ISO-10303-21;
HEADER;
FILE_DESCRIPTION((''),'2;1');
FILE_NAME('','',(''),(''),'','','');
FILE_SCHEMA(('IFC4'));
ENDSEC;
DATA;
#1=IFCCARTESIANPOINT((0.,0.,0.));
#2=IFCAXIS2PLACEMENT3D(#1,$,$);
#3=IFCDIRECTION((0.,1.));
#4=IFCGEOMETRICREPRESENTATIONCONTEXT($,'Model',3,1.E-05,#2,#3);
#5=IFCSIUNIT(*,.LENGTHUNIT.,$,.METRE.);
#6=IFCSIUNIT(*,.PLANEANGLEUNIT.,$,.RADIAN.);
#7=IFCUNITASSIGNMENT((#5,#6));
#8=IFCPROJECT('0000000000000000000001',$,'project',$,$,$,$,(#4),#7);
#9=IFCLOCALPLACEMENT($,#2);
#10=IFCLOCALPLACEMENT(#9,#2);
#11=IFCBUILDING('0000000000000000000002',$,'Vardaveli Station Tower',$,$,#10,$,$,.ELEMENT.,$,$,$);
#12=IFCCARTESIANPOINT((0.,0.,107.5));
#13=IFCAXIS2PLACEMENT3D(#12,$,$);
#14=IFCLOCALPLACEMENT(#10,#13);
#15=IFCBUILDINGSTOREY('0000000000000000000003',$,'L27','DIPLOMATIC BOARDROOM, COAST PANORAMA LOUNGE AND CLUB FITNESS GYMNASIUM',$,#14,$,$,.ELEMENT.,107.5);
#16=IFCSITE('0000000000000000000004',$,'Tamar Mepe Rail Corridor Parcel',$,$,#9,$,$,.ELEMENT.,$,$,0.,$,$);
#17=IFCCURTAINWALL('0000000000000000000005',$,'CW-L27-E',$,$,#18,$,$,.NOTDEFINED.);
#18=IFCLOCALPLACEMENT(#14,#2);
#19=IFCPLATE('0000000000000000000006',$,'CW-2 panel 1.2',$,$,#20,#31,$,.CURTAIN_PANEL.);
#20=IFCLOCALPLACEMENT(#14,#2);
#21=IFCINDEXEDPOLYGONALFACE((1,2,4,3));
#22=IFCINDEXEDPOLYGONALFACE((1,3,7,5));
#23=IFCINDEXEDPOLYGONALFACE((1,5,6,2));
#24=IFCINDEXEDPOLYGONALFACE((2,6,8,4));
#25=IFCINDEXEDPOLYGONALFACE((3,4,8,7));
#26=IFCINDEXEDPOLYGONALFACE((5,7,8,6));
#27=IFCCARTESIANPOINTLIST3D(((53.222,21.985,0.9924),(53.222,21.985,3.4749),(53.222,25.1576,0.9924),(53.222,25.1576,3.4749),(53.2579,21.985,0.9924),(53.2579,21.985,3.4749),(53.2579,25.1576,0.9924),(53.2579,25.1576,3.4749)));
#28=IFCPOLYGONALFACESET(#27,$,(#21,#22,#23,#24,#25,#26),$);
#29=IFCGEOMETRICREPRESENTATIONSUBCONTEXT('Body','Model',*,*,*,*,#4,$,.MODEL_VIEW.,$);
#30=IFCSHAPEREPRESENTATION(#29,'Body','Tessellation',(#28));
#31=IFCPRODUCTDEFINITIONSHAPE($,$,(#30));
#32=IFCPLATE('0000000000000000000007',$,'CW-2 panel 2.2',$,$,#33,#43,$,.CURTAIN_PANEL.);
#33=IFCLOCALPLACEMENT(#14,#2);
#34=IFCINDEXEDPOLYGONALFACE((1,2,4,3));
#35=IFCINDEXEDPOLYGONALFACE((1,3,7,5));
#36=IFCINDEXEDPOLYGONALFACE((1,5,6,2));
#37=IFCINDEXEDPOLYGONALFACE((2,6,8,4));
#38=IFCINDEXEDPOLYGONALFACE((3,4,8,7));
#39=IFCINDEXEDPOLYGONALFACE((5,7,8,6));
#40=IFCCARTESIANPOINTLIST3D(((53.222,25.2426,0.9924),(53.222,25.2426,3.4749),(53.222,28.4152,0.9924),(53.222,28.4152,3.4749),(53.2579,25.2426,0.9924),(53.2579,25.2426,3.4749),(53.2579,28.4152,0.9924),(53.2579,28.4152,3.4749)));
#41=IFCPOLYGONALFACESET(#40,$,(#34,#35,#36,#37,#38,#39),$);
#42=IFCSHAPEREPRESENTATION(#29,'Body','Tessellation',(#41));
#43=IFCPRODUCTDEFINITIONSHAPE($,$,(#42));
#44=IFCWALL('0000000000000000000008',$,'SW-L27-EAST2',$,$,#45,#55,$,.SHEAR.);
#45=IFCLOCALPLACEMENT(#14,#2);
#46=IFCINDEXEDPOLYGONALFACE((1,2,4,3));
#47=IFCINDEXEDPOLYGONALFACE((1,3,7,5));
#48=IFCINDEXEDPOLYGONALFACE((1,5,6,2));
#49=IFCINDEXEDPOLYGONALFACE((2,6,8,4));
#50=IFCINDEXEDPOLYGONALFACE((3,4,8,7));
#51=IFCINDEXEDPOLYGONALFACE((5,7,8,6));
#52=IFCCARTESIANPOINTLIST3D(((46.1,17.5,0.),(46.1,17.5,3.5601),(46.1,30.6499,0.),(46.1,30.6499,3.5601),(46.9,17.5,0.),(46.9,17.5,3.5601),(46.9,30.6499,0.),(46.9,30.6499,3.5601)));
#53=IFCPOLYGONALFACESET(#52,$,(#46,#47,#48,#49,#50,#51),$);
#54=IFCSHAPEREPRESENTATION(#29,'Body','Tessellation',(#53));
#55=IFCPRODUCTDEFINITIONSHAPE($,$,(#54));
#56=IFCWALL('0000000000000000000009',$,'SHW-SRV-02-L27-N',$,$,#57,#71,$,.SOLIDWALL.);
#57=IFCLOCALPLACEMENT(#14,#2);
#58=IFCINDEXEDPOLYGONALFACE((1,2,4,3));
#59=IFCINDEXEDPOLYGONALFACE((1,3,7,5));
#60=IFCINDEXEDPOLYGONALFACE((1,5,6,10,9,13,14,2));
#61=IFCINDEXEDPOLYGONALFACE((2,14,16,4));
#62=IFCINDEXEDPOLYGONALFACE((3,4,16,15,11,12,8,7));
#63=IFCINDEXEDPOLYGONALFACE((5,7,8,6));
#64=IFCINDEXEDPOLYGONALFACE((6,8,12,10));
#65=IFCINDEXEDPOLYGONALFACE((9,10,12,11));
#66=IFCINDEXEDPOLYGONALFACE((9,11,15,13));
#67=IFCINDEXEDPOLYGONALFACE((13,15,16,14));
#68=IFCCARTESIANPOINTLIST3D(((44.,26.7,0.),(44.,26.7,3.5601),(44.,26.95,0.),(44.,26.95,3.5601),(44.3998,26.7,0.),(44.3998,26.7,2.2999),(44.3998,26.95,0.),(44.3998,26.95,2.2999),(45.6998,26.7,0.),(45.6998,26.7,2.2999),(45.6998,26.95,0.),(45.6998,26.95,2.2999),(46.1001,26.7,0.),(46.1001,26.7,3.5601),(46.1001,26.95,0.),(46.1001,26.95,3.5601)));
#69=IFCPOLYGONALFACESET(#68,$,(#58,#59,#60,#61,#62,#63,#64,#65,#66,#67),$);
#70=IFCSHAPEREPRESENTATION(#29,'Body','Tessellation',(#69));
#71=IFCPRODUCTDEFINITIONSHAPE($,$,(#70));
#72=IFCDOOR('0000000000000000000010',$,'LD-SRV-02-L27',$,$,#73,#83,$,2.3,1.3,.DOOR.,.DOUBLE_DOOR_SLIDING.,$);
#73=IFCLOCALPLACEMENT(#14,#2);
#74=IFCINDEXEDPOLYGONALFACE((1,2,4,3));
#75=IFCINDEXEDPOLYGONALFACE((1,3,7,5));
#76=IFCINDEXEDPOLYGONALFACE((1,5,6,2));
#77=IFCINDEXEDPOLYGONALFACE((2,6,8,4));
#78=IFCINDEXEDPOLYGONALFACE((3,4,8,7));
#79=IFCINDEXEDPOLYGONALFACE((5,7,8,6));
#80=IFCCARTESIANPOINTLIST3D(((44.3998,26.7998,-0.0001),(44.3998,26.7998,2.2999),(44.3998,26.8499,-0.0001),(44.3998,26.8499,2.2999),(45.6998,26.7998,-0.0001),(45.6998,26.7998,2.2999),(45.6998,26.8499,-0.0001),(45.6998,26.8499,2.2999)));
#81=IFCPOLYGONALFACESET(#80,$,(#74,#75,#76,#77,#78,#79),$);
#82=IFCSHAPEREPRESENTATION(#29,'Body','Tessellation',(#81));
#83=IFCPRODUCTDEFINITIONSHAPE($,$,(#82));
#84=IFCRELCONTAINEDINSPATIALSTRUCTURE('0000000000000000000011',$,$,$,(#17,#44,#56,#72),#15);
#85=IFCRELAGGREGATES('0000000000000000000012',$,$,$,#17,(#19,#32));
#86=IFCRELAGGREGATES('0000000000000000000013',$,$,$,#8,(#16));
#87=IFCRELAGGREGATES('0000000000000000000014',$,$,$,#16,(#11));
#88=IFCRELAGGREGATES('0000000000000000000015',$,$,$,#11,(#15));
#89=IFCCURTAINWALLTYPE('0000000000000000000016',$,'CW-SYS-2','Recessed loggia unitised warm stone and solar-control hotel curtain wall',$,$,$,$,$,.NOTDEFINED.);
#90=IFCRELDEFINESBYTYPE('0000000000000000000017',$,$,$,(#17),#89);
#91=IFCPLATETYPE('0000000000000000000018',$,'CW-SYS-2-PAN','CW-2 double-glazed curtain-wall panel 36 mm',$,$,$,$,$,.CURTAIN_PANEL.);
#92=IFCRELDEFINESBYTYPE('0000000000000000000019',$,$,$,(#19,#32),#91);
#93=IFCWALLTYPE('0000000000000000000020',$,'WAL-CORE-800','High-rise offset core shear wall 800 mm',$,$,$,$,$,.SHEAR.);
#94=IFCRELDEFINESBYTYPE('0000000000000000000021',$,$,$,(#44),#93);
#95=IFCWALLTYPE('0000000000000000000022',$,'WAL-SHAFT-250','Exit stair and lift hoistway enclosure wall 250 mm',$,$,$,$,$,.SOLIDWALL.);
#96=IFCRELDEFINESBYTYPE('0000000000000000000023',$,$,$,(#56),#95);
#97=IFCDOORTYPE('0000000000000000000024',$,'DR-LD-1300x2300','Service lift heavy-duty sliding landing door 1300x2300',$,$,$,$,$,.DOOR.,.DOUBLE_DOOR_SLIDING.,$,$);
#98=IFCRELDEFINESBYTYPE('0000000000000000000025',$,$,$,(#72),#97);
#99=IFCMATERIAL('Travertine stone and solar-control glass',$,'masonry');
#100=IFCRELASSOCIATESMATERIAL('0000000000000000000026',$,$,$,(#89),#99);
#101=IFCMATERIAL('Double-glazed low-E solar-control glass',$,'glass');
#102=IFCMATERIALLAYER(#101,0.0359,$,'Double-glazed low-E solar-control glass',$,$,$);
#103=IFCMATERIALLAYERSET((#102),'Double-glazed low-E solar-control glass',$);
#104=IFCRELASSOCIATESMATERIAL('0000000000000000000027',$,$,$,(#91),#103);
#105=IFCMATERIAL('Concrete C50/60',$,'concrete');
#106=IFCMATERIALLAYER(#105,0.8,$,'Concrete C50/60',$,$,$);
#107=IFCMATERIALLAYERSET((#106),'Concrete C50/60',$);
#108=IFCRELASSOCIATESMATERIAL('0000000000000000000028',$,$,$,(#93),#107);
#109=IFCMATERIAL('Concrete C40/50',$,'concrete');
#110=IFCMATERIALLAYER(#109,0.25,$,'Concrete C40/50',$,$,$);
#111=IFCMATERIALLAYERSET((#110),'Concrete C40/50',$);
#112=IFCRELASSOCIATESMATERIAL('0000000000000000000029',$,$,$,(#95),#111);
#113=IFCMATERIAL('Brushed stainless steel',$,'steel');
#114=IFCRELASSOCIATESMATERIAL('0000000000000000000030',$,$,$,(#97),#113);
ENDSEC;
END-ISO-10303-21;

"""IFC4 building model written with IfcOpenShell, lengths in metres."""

from ifc_helpers import new_model, si_unit, direction, frame, frame_2d, origin, origin_2d, place, context, subcontext, project, spatial, rectangle, extrude, source, transform, mapped, material, layer, layer_set, type_object, element, fill, aggregate, save


model = new_model("IFC4")

# Units and contexts
model_context = context("Model", 3, precision=1e-05, world=origin(), true_north=direction((0.0, 1.0)))
body_context = subcontext(model_context, "Body", "Model", "MODEL_VIEW")
ifc_project = project(units=[si_unit("LENGTHUNIT", "METRE"), si_unit("PLANEANGLEUNIT", "RADIAN")], contexts=[model_context])

# Site, building, storey
site_placement = place(None, origin())
site = spatial("IfcSite", under=ifc_project, at=site_placement, Name="Tamar Mepe Rail Corridor Parcel", CompositionType="ELEMENT", RefElevation=0.0)
building_placement = place(site_placement, origin())
building = spatial("IfcBuilding", under=site, at=building_placement, Name="Vardaveli Station Tower", CompositionType="ELEMENT")
storey_placement = place(building_placement, frame((0.0, 0.0, 107.5)))
storey = spatial("IfcBuildingStorey", under=building, at=storey_placement, Name="L27", Description="DIPLOMATIC BOARDROOM, COAST PANORAMA LOUNGE AND CLUB FITNESS GYMNASIUM", CompositionType="ELEMENT", Elevation=107.5)

# Curtain wall, plates
ifc_material_1 = material(Name="Travertine stone and solar-control glass", Category="masonry")
curtain_wall_type = type_object("IfcCurtainWallType", Name="CW-SYS-2", Description="Recessed loggia unitised warm stone and solar-control hotel curtain wall", PredefinedType="NOTDEFINED", material=ifc_material_1)
curtain_wall_placement = place(storey_placement, origin())
curtain_wall = element("IfcCurtainWall", 1, at=curtain_wall_placement, inside=storey, type_object=curtain_wall_type, Name="CW-L27-E", PredefinedType="NOTDEFINED")
ifc_material_2 = material(Name="Double-glazed low-E solar-control glass", Category="glass")
ifc_layer_1 = layer(ifc_material_2, 0.0359, Name="Double-glazed low-E solar-control glass")
ifc_layer_set_1 = layer_set([ifc_layer_1], Name="Double-glazed low-E solar-control glass")
plate_type = type_object("IfcPlateType", Name="CW-SYS-2-PAN", Description="CW-2 double-glazed curtain-wall panel 36 mm", PredefinedType="CURTAIN_PANEL", material=ifc_layer_set_1)
shared_shape_1 = source(origin(), body_context, "Body", "SweptSolid", [
    extrude(rectangle(XDim=3.1726, YDim=0.0359, at=origin_2d()), origin(), (0.0, 0.0, 1.0), 2.4824),
])
plate_1_placement = place(storey_placement, frame((53.24, 23.5713, 0.9924), z_axis=(0.0, 0.0, 1.0), x_axis=(0.0, 1.0, 0.0)))
plate_1 = element("IfcPlate", 2, at=plate_1_placement, type_object=plate_type, Name="CW-2 panel 1.2", PredefinedType="CURTAIN_PANEL", context=body_context, shape_type="MappedRepresentation", body=[
    mapped(shared_shape_1, transform((0.0, 0.0, 0.0), scale=1.0)),
])
plate_2_placement = place(storey_placement, frame((53.24, 26.8289, 0.9924), z_axis=(0.0, 0.0, 1.0), x_axis=(0.0, 1.0, 0.0)))
plate_2 = element("IfcPlate", 3, at=plate_2_placement, type_object=plate_type, Name="CW-2 panel 2.2", PredefinedType="CURTAIN_PANEL", context=body_context, shape_type="MappedRepresentation", body=[
    mapped(shared_shape_1, transform((0.0, 0.0, 0.0), scale=1.0)),
])
aggregate(curtain_wall, [plate_1, plate_2])

# Wall
ifc_material_3 = material(Name="Concrete C50/60", Category="concrete")
ifc_layer_2 = layer(ifc_material_3, 0.8, Name="Concrete C50/60")
ifc_layer_set_2 = layer_set([ifc_layer_2], Name="Concrete C50/60")
wall_type_1 = type_object("IfcWallType", Name="WAL-CORE-800", Description="High-rise offset core shear wall 800 mm", PredefinedType="SHEAR", material=ifc_layer_set_2)
shared_shape_2 = source(origin(), body_context, "Body", "SweptSolid", [
    extrude(rectangle(XDim=13.1499, YDim=0.8, at=frame_2d((6.575, 0.0))), origin(), (0.0, 0.0, 1.0), 3.5601),
])
wall_1_placement = place(storey_placement, frame((46.5, 17.5, 0.0), z_axis=(0.0, 0.0, 1.0), x_axis=(0.0, 1.0, 0.0)))
element("IfcWall", 4, at=wall_1_placement, inside=storey, type_object=wall_type_1, Name="SW-L27-EAST2", PredefinedType="SHEAR", context=body_context, shape_type="MappedRepresentation", body=[
    mapped(shared_shape_2, transform((0.0, 0.0, 0.0), scale=1.0)),
])

# Wall, opening, door
ifc_material_4 = material(Name="Concrete C40/50", Category="concrete")
ifc_layer_3 = layer(ifc_material_4, 0.25, Name="Concrete C40/50")
ifc_layer_set_3 = layer_set([ifc_layer_3], Name="Concrete C40/50")
wall_type_2 = type_object("IfcWallType", Name="WAL-SHAFT-250", Description="Exit stair and lift hoistway enclosure wall 250 mm", PredefinedType="SOLIDWALL", material=ifc_layer_set_3)
shared_shape_3 = source(origin(), body_context, "Body", "SweptSolid", [
    extrude(rectangle(XDim=2.1001, YDim=0.25, at=frame_2d((1.05, 0.0))), origin(), (0.0, 0.0, 1.0), 3.5601),
])
wall_2_placement = place(storey_placement, frame((44.0, 26.825, 0.0), z_axis=(0.0, 0.0, 1.0), x_axis=(1.0, 0.0, 0.0)))
wall_2 = element("IfcWall", 5, at=wall_2_placement, inside=storey, type_object=wall_type_2, Name="SHW-SRV-02-L27-N", PredefinedType="SOLIDWALL", context=body_context, shape_type="MappedRepresentation", body=[
    mapped(shared_shape_3, transform((0.0, 0.0, 0.0), scale=1.0)),
])
shared_shape_4 = source(origin(), body_context, "Body", "SweptSolid", [
    extrude(rectangle(XDim=1.3, YDim=2.3, at=frame_2d((0.6499, 1.1499))), frame((0.0, 0.135, 0.0), z_axis=(0.0, -1.0, 0.0), x_axis=(1.0, 0.0, 0.0)), (0.0, 0.0, 1.0), 0.27),
])
opening_placement = place(wall_2_placement, frame((0.3999, 0.0, 0.0)))
opening = element("IfcOpeningElement", 6, at=opening_placement, cuts=wall_2, PredefinedType="OPENING", context=body_context, shape_type="MappedRepresentation", body=[
    mapped(shared_shape_4, transform((0.0, 0.0, 0.0), scale=1.0)),
])
ifc_material_5 = material(Name="Brushed stainless steel", Category="steel")
door_type = type_object("IfcDoorType", Name="DR-LD-1300x2300", Description="Service lift heavy-duty sliding landing door 1300x2300", OperationType="DOUBLE_DOOR_SLIDING", PredefinedType="DOOR", material=ifc_material_5)
shared_shape_5 = source(origin(), body_context, "Body", "SweptSolid", [
    extrude(rectangle(XDim=1.3, YDim=2.3, at=frame_2d((0.6499, 1.1499))), frame((0.0, 0.0249, 0.0), z_axis=(0.0, -1.0, 0.0), x_axis=(1.0, 0.0, 0.0)), (0.0, 0.0, 1.0), 0.05),
])
door_placement = place(opening_placement, origin())
door = element("IfcDoor", 7, at=door_placement, inside=storey, type_object=door_type, Name="LD-SRV-02-L27", OperationType="DOUBLE_DOOR_SLIDING", OverallHeight=2.3, OverallWidth=1.3, PredefinedType="DOOR", context=body_context, shape_type="MappedRepresentation", body=[
    mapped(shared_shape_5, transform((0.0, 0.0, 0.0), scale=1.0)),
])
fill(opening, door)

save(model, "model.ifc")
